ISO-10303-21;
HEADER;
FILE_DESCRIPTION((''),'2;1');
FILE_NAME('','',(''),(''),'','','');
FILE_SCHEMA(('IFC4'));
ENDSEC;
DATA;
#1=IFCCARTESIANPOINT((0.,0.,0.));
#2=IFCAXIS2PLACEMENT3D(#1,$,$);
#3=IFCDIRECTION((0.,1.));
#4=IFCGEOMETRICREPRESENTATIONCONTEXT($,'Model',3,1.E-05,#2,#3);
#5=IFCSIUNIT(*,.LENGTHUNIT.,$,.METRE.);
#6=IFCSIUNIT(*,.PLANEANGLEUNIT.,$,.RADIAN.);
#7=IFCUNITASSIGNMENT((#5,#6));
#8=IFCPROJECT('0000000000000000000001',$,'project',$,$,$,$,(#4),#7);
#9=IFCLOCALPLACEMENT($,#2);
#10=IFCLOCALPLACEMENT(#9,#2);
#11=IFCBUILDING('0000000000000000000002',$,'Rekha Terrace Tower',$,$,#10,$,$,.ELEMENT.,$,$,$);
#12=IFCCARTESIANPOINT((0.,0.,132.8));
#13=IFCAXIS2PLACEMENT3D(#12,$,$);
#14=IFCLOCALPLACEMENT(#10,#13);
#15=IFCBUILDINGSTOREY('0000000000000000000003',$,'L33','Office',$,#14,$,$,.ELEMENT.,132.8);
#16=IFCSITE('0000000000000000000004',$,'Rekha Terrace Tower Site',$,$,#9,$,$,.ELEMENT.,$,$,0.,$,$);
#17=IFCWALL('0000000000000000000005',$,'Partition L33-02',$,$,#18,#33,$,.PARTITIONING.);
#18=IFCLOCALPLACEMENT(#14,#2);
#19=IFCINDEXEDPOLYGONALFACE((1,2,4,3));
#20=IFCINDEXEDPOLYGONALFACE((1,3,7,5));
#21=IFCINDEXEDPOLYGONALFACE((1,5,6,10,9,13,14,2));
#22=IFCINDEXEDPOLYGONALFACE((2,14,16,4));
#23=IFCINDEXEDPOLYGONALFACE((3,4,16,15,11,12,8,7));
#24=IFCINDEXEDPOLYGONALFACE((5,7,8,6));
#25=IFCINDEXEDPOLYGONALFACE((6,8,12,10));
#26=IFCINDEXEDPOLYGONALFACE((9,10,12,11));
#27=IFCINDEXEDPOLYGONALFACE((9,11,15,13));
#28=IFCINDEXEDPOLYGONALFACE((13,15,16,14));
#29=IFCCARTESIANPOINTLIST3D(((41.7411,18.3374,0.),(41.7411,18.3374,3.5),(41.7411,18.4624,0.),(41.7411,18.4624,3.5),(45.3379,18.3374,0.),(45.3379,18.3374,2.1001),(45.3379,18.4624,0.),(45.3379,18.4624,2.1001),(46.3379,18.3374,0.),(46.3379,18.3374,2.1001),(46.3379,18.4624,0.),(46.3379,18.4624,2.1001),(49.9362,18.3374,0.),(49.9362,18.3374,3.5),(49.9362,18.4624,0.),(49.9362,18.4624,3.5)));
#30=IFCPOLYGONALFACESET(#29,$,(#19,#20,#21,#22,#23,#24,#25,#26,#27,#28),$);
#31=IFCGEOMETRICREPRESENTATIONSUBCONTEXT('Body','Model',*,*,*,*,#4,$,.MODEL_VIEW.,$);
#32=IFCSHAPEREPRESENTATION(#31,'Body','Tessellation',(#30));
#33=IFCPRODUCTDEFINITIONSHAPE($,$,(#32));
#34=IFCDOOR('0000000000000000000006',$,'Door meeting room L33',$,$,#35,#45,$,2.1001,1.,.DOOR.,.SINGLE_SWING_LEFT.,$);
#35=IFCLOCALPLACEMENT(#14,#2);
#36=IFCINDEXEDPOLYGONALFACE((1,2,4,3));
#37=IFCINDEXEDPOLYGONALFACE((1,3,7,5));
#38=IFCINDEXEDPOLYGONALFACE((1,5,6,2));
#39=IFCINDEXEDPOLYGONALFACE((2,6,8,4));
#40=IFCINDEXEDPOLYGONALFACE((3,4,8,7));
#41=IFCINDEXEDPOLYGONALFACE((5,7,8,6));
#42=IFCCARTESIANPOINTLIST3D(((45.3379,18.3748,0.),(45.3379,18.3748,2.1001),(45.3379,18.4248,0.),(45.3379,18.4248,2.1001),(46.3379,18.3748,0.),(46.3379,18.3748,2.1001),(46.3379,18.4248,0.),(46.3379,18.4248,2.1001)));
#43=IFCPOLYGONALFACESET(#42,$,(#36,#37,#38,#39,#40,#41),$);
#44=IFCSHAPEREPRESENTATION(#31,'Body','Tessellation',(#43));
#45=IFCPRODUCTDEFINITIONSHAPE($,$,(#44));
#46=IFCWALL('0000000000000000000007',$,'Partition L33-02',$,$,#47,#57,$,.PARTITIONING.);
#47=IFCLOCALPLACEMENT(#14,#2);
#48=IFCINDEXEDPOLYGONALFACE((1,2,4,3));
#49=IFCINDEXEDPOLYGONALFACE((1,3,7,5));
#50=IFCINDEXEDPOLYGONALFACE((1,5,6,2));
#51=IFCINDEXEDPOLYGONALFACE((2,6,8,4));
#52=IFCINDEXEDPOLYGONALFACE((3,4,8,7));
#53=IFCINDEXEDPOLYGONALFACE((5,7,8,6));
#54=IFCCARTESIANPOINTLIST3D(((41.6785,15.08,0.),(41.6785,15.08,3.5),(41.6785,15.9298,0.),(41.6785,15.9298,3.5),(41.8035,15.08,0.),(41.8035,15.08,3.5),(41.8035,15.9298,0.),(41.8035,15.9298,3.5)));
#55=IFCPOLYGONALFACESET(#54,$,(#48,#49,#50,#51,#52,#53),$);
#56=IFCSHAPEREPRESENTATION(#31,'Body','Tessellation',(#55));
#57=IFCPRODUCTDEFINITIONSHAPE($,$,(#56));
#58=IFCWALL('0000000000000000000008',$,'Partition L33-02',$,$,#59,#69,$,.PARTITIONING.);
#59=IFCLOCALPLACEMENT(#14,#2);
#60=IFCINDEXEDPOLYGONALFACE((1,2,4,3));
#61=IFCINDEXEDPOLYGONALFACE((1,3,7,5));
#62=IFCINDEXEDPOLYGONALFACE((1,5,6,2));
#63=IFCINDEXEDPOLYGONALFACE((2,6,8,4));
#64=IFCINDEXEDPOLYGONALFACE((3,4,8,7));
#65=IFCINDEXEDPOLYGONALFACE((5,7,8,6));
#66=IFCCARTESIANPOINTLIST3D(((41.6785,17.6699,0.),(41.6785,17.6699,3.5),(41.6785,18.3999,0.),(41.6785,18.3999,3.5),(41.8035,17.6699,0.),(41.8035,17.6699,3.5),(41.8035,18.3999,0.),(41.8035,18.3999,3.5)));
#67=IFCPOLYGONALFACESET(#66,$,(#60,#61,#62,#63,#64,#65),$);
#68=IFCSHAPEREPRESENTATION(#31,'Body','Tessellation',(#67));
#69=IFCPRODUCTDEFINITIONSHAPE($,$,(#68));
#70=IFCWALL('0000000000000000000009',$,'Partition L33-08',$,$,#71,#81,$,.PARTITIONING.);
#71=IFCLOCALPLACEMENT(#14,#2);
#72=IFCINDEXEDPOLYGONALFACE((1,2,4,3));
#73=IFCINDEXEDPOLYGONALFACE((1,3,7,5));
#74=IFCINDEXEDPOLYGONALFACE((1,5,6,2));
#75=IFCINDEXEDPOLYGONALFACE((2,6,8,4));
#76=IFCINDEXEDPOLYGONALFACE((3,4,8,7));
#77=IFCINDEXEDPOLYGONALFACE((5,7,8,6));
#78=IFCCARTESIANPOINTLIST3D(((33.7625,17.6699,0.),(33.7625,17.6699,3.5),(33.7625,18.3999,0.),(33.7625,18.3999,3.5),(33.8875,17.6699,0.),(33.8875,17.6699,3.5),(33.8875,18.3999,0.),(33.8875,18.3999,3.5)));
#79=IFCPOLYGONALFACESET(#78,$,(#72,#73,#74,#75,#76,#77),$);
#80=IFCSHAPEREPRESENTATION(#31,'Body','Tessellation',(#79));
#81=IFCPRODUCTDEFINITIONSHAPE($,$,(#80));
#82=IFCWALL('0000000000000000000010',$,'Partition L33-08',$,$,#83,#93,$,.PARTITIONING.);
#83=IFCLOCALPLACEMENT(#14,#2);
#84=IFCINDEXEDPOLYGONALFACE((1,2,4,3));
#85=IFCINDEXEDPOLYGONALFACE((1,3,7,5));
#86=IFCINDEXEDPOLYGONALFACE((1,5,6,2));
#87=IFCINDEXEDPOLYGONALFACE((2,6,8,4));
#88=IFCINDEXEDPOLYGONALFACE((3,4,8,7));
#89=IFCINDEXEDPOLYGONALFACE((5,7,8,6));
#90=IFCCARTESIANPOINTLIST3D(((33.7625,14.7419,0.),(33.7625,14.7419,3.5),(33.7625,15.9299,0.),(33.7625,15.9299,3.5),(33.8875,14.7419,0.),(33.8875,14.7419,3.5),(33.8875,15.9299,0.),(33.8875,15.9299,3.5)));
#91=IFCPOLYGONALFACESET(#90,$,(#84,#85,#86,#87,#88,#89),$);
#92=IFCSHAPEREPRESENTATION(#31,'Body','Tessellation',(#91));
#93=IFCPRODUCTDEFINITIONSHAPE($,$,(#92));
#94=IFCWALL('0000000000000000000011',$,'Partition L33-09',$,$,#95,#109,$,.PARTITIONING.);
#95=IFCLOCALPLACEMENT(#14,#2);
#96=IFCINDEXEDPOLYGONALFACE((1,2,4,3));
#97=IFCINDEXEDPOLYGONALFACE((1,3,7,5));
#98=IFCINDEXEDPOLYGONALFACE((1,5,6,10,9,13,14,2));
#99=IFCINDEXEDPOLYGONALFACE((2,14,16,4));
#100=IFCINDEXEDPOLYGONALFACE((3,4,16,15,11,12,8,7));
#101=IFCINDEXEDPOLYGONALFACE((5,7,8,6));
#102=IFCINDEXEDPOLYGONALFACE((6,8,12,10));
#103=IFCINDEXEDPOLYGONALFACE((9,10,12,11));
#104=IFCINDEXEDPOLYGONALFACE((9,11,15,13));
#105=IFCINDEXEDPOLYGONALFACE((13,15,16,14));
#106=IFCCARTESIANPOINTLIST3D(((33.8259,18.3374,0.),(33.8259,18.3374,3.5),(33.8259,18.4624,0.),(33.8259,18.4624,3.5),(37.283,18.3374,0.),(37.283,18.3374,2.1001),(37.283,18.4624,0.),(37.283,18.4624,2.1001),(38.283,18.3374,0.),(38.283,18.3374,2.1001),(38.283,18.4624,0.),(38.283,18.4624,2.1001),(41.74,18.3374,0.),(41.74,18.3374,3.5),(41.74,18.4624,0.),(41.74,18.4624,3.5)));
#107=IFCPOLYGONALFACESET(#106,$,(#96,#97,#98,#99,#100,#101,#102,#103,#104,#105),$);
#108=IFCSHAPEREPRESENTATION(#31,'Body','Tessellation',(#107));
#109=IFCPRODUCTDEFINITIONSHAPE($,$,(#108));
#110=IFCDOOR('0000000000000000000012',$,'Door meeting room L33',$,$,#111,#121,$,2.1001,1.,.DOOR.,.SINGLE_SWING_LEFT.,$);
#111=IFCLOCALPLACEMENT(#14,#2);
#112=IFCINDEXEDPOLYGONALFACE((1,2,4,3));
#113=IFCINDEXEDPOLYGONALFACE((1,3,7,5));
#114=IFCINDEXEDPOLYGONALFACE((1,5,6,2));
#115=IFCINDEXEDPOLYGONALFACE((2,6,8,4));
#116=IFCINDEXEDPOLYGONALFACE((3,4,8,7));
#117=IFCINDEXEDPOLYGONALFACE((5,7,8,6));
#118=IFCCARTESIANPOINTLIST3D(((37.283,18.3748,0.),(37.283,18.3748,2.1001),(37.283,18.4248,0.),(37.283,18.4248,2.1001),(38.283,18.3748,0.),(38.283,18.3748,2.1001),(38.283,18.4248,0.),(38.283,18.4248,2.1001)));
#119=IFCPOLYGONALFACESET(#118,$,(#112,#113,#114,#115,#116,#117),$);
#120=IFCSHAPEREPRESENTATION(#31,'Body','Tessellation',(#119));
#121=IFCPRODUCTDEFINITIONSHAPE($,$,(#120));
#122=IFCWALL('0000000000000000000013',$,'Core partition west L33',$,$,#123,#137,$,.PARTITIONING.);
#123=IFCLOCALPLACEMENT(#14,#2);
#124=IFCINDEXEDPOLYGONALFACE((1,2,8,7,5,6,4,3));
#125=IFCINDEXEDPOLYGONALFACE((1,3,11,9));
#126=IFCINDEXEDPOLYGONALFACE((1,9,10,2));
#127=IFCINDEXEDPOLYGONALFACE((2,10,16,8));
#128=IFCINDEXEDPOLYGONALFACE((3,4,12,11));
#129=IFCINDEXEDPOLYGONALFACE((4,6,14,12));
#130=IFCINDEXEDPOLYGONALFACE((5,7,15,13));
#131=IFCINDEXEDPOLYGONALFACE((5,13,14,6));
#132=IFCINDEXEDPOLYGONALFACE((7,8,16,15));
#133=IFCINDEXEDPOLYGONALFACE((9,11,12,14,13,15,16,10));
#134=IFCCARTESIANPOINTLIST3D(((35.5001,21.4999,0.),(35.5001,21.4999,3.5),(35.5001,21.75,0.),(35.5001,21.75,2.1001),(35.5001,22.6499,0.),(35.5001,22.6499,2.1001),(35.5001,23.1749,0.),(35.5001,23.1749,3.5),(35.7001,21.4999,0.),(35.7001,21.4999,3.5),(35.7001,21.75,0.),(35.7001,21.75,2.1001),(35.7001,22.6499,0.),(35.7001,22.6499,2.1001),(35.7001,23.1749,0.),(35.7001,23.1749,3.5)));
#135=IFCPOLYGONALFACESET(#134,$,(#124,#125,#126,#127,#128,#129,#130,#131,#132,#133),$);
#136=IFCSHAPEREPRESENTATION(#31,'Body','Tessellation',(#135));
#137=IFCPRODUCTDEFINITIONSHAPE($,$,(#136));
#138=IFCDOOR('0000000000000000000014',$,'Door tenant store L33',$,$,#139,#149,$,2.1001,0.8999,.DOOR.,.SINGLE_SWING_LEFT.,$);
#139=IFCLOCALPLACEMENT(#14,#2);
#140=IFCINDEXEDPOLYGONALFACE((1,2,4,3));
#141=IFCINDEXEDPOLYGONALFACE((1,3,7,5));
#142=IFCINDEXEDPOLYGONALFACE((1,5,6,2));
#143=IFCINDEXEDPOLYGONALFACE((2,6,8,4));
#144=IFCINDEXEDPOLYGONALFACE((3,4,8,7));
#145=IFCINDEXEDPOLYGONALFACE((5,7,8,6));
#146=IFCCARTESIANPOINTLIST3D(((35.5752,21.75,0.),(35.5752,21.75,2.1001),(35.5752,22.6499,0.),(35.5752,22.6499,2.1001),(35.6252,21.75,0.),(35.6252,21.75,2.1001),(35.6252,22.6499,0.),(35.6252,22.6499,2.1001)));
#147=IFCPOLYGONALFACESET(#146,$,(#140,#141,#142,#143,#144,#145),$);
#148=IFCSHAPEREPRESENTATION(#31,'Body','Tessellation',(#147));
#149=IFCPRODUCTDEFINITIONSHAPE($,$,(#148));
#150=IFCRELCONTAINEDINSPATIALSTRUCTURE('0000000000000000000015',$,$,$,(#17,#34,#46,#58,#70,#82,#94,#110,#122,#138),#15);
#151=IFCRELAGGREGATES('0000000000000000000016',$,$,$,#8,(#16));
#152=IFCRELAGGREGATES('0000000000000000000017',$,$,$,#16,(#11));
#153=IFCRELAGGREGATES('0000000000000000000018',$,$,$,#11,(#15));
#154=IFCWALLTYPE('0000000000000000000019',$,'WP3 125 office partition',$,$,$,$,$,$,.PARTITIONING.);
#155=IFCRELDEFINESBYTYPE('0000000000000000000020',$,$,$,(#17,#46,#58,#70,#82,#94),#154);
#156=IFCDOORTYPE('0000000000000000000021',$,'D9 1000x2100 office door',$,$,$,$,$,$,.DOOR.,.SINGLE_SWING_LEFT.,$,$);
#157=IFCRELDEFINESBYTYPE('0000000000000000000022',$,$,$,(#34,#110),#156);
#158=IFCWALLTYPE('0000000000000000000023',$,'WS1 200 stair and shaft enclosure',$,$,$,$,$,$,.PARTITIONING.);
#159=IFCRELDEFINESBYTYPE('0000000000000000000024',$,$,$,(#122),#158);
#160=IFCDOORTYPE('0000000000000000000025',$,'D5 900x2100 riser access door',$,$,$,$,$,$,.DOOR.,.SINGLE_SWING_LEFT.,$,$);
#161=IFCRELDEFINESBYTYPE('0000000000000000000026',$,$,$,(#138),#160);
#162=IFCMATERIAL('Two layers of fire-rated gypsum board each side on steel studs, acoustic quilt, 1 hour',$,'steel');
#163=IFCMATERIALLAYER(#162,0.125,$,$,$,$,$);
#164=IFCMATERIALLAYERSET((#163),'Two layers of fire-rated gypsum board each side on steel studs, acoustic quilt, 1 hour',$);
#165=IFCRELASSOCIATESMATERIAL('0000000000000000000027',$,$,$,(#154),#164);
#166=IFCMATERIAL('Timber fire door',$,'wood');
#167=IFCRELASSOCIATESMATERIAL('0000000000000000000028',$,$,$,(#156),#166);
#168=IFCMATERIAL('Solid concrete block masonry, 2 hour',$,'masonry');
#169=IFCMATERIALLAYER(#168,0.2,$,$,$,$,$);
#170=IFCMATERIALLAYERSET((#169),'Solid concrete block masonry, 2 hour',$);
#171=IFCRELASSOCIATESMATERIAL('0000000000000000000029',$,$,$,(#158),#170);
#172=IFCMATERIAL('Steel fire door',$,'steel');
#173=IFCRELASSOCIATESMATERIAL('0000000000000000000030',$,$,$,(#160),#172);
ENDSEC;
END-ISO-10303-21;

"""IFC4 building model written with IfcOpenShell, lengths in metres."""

from ifc_helpers import new_model, si_unit, direction, frame, frame_2d, origin, place, context, subcontext, project, spatial, rectangle, extrude, material, layer, layer_set, type_object, element, fill, save


model = new_model("IFC4")

# Units and contexts
model_context = context("Model", 3, precision=1e-05, world=origin(), true_north=direction((0.0, 1.0)))
body_context = subcontext(model_context, "Body", "Model", "MODEL_VIEW")
ifc_project = project(units=[si_unit("LENGTHUNIT", "METRE"), si_unit("PLANEANGLEUNIT", "RADIAN")], contexts=[model_context])

# Site, building, storey
site_placement = place(None, origin())
site = spatial("IfcSite", under=ifc_project, at=site_placement, Name="Rekha Terrace Tower Site", CompositionType="ELEMENT", RefElevation=0.0)
building_placement = place(site_placement, origin())
building = spatial("IfcBuilding", under=site, at=building_placement, Name="Rekha Terrace Tower", CompositionType="ELEMENT")
storey_placement = place(building_placement, frame((0.0, 0.0, 132.8)))
storey = spatial("IfcBuildingStorey", under=building, at=storey_placement, Name="L33", Description="Office", CompositionType="ELEMENT", Elevation=132.8)

# Wall, opening, door
ifc_material_1 = material(Name="Two layers of fire-rated gypsum board each side on steel studs, acoustic quilt, 1 hour", Category="steel")
ifc_layer_1 = layer(ifc_material_1, 0.125)
ifc_layer_set_1 = layer_set([ifc_layer_1], Name="Two layers of fire-rated gypsum board each side on steel studs, acoustic quilt, 1 hour")
wall_type_1 = type_object("IfcWallType", Name="WP3 125 office partition", PredefinedType="PARTITIONING", material=ifc_layer_set_1)
wall_1_placement = place(storey_placement, frame((41.741, 18.3999, 0.0), z_axis=(0.0, 0.0, 1.0), x_axis=(1.0, 0.0, 0.0)))
wall_1 = element("IfcWall", 1, at=wall_1_placement, inside=storey, type_object=wall_type_1, Name="Partition L33-02", PredefinedType="PARTITIONING", context=body_context, shape_type="SweptSolid", body=[
    extrude(rectangle(XDim=8.1951, YDim=0.125, at=frame_2d((4.0977, 0.0))), origin(), (0.0, 0.0, 1.0), 3.5),
])
opening_1_placement = place(wall_1_placement, frame((3.5969, 0.0, 0.0)))
opening_1 = element("IfcOpeningElement", 2, at=opening_1_placement, cuts=wall_1, PredefinedType="OPENING", context=body_context, shape_type="SweptSolid", body=[
    extrude(rectangle(XDim=1.0, YDim=2.1001, at=frame_2d((0.5, 1.05))), frame((0.0, 0.0725, 0.0), z_axis=(0.0, -1.0, 0.0), x_axis=(1.0, 0.0, 0.0)), (0.0, 0.0, 1.0), 0.145),
])
ifc_material_2 = material(Name="Timber fire door", Category="wood")
door_type_1 = type_object("IfcDoorType", Name="D9 1000x2100 office door", OperationType="SINGLE_SWING_LEFT", PredefinedType="DOOR", material=ifc_material_2)
door_1_placement = place(opening_1_placement, origin())
door_1 = element("IfcDoor", 3, at=door_1_placement, inside=storey, type_object=door_type_1, Name="Door meeting room L33", OperationType="SINGLE_SWING_LEFT", OverallHeight=2.1001, OverallWidth=1.0, PredefinedType="DOOR", context=body_context, shape_type="SweptSolid", body=[
    extrude(rectangle(XDim=1.0, YDim=2.1001, at=frame_2d((0.5, 1.05))), frame((0.0, 0.0249, 0.0), z_axis=(0.0, -1.0, 0.0), x_axis=(1.0, 0.0, 0.0)), (0.0, 0.0, 1.0), 0.05),
])
fill(opening_1, door_1)

# Walls
wall_2_placement = place(storey_placement, frame((41.741, 15.0801, 0.0), z_axis=(0.0, 0.0, 1.0), x_axis=(0.0, 1.0, 0.0)))
element("IfcWall", 4, at=wall_2_placement, inside=storey, type_object=wall_type_1, Name="Partition L33-02", PredefinedType="PARTITIONING", context=body_context, shape_type="SweptSolid", body=[
    extrude(rectangle(XDim=0.8499, YDim=0.125, at=frame_2d((0.4248, 0.0))), origin(), (0.0, 0.0, 1.0), 3.5),
])
for number, where, z_axis, x_axis, name in (
    (5, (41.741, 17.6699, 0.0), (0.0, 0.0, 1.0), (0.0, 1.0, 0.0), "Partition L33-02"),
    (6, (33.825, 18.3999, 0.0), (0.0, 0.0, 1.0), (0.0, -1.0, 0.0), "Partition L33-08"),
):
    element("IfcWall", number, at=place(storey_placement, frame(where, z_axis=z_axis, x_axis=x_axis)), inside=storey, type_object=wall_type_1, Name=name, PredefinedType="PARTITIONING", context=body_context, shape_type="SweptSolid", body=[
        extrude(rectangle(XDim=0.73, YDim=0.125, at=frame_2d((0.365, 0.0))), origin(), (0.0, 0.0, 1.0), 3.5),
    ])
wall_3_placement = place(storey_placement, frame((33.825, 15.9299, 0.0), z_axis=(0.0, 0.0, 1.0), x_axis=(0.0, -1.0, 0.0)))
element("IfcWall", 7, at=wall_3_placement, inside=storey, type_object=wall_type_1, Name="Partition L33-08", PredefinedType="PARTITIONING", context=body_context, shape_type="SweptSolid", body=[
    extrude(rectangle(XDim=1.188, YDim=0.125, at=frame_2d((0.594, 0.0))), origin(), (0.0, 0.0, 1.0), 3.5),
])

# Walls, openings, doors
wall_4_placement = place(storey_placement, frame((33.8259, 18.3999, 0.0), z_axis=(0.0, 0.0, 1.0), x_axis=(1.0, 0.0, 0.0)))
wall_4 = element("IfcWall", 8, at=wall_4_placement, inside=storey, type_object=wall_type_1, Name="Partition L33-09", PredefinedType="PARTITIONING", context=body_context, shape_type="SweptSolid", body=[
    extrude(rectangle(XDim=7.9141, YDim=0.125, at=frame_2d((3.957, 0.0))), origin(), (0.0, 0.0, 1.0), 3.5),
])
opening_2_placement = place(wall_4_placement, frame((3.457, 0.0, 0.0)))
opening_2 = element("IfcOpeningElement", 9, at=opening_2_placement, cuts=wall_4, PredefinedType="OPENING", context=body_context, shape_type="SweptSolid", body=[
    extrude(rectangle(XDim=1.0, YDim=2.1001, at=frame_2d((0.5, 1.05))), frame((0.0, 0.0725, 0.0), z_axis=(0.0, -1.0, 0.0), x_axis=(1.0, 0.0, 0.0)), (0.0, 0.0, 1.0), 0.145),
])
door_2_placement = place(opening_2_placement, origin())
door_2 = element("IfcDoor", 10, at=door_2_placement, inside=storey, type_object=door_type_1, Name="Door meeting room L33", OperationType="SINGLE_SWING_LEFT", OverallHeight=2.1001, OverallWidth=1.0, PredefinedType="DOOR", context=body_context, shape_type="SweptSolid", body=[
    extrude(rectangle(XDim=1.0, YDim=2.1001, at=frame_2d((0.5, 1.05))), frame((0.0, 0.0249, 0.0), z_axis=(0.0, -1.0, 0.0), x_axis=(1.0, 0.0, 0.0)), (0.0, 0.0, 1.0), 0.05),
])
fill(opening_2, door_2)
ifc_material_3 = material(Name="Solid concrete block masonry, 2 hour", Category="masonry")
ifc_layer_2 = layer(ifc_material_3, 0.2)
ifc_layer_set_2 = layer_set([ifc_layer_2], Name="Solid concrete block masonry, 2 hour")
wall_type_2 = type_object("IfcWallType", Name="WS1 200 stair and shaft enclosure", PredefinedType="PARTITIONING", material=ifc_layer_set_2)
wall_5_placement = place(storey_placement, frame((35.6001, 21.5, 0.0), z_axis=(0.0, 0.0, 1.0), x_axis=(0.0, 1.0, 0.0)))
wall_5 = element("IfcWall", 11, at=wall_5_placement, inside=storey, type_object=wall_type_2, Name="Core partition west L33", PredefinedType="PARTITIONING", context=body_context, shape_type="SweptSolid", body=[
    extrude(rectangle(XDim=1.675, YDim=0.2, at=frame_2d((0.8374, 0.0))), origin(), (0.0, 0.0, 1.0), 3.5),
])
opening_3_placement = place(wall_5_placement, frame((0.25, 0.0, 0.0)))
opening_3 = element("IfcOpeningElement", 12, at=opening_3_placement, cuts=wall_5, PredefinedType="OPENING", context=body_context, shape_type="SweptSolid", body=[
    extrude(rectangle(XDim=0.8999, YDim=2.1001, at=frame_2d((0.45, 1.05))), frame((0.0, 0.1099, 0.0), z_axis=(0.0, -1.0, 0.0), x_axis=(1.0, 0.0, 0.0)), (0.0, 0.0, 1.0), 0.22),
])
ifc_material_4 = material(Name="Steel fire door", Category="steel")
door_type_2 = type_object("IfcDoorType", Name="D5 900x2100 riser access door", OperationType="SINGLE_SWING_LEFT", PredefinedType="DOOR", material=ifc_material_4)
door_3_placement = place(opening_3_placement, origin())
door_3 = element("IfcDoor", 13, at=door_3_placement, inside=storey, type_object=door_type_2, Name="Door tenant store L33", OperationType="SINGLE_SWING_LEFT", OverallHeight=2.1001, OverallWidth=0.8999, PredefinedType="DOOR", context=body_context, shape_type="SweptSolid", body=[
    extrude(rectangle(XDim=0.8999, YDim=2.1001, at=frame_2d((0.45, 1.05))), frame((0.0, 0.0249, 0.0), z_axis=(0.0, -1.0, 0.0), x_axis=(1.0, 0.0, 0.0)), (0.0, 0.0, 1.0), 0.05),
])
fill(opening_3, door_3)

save(model, "model.ifc")
